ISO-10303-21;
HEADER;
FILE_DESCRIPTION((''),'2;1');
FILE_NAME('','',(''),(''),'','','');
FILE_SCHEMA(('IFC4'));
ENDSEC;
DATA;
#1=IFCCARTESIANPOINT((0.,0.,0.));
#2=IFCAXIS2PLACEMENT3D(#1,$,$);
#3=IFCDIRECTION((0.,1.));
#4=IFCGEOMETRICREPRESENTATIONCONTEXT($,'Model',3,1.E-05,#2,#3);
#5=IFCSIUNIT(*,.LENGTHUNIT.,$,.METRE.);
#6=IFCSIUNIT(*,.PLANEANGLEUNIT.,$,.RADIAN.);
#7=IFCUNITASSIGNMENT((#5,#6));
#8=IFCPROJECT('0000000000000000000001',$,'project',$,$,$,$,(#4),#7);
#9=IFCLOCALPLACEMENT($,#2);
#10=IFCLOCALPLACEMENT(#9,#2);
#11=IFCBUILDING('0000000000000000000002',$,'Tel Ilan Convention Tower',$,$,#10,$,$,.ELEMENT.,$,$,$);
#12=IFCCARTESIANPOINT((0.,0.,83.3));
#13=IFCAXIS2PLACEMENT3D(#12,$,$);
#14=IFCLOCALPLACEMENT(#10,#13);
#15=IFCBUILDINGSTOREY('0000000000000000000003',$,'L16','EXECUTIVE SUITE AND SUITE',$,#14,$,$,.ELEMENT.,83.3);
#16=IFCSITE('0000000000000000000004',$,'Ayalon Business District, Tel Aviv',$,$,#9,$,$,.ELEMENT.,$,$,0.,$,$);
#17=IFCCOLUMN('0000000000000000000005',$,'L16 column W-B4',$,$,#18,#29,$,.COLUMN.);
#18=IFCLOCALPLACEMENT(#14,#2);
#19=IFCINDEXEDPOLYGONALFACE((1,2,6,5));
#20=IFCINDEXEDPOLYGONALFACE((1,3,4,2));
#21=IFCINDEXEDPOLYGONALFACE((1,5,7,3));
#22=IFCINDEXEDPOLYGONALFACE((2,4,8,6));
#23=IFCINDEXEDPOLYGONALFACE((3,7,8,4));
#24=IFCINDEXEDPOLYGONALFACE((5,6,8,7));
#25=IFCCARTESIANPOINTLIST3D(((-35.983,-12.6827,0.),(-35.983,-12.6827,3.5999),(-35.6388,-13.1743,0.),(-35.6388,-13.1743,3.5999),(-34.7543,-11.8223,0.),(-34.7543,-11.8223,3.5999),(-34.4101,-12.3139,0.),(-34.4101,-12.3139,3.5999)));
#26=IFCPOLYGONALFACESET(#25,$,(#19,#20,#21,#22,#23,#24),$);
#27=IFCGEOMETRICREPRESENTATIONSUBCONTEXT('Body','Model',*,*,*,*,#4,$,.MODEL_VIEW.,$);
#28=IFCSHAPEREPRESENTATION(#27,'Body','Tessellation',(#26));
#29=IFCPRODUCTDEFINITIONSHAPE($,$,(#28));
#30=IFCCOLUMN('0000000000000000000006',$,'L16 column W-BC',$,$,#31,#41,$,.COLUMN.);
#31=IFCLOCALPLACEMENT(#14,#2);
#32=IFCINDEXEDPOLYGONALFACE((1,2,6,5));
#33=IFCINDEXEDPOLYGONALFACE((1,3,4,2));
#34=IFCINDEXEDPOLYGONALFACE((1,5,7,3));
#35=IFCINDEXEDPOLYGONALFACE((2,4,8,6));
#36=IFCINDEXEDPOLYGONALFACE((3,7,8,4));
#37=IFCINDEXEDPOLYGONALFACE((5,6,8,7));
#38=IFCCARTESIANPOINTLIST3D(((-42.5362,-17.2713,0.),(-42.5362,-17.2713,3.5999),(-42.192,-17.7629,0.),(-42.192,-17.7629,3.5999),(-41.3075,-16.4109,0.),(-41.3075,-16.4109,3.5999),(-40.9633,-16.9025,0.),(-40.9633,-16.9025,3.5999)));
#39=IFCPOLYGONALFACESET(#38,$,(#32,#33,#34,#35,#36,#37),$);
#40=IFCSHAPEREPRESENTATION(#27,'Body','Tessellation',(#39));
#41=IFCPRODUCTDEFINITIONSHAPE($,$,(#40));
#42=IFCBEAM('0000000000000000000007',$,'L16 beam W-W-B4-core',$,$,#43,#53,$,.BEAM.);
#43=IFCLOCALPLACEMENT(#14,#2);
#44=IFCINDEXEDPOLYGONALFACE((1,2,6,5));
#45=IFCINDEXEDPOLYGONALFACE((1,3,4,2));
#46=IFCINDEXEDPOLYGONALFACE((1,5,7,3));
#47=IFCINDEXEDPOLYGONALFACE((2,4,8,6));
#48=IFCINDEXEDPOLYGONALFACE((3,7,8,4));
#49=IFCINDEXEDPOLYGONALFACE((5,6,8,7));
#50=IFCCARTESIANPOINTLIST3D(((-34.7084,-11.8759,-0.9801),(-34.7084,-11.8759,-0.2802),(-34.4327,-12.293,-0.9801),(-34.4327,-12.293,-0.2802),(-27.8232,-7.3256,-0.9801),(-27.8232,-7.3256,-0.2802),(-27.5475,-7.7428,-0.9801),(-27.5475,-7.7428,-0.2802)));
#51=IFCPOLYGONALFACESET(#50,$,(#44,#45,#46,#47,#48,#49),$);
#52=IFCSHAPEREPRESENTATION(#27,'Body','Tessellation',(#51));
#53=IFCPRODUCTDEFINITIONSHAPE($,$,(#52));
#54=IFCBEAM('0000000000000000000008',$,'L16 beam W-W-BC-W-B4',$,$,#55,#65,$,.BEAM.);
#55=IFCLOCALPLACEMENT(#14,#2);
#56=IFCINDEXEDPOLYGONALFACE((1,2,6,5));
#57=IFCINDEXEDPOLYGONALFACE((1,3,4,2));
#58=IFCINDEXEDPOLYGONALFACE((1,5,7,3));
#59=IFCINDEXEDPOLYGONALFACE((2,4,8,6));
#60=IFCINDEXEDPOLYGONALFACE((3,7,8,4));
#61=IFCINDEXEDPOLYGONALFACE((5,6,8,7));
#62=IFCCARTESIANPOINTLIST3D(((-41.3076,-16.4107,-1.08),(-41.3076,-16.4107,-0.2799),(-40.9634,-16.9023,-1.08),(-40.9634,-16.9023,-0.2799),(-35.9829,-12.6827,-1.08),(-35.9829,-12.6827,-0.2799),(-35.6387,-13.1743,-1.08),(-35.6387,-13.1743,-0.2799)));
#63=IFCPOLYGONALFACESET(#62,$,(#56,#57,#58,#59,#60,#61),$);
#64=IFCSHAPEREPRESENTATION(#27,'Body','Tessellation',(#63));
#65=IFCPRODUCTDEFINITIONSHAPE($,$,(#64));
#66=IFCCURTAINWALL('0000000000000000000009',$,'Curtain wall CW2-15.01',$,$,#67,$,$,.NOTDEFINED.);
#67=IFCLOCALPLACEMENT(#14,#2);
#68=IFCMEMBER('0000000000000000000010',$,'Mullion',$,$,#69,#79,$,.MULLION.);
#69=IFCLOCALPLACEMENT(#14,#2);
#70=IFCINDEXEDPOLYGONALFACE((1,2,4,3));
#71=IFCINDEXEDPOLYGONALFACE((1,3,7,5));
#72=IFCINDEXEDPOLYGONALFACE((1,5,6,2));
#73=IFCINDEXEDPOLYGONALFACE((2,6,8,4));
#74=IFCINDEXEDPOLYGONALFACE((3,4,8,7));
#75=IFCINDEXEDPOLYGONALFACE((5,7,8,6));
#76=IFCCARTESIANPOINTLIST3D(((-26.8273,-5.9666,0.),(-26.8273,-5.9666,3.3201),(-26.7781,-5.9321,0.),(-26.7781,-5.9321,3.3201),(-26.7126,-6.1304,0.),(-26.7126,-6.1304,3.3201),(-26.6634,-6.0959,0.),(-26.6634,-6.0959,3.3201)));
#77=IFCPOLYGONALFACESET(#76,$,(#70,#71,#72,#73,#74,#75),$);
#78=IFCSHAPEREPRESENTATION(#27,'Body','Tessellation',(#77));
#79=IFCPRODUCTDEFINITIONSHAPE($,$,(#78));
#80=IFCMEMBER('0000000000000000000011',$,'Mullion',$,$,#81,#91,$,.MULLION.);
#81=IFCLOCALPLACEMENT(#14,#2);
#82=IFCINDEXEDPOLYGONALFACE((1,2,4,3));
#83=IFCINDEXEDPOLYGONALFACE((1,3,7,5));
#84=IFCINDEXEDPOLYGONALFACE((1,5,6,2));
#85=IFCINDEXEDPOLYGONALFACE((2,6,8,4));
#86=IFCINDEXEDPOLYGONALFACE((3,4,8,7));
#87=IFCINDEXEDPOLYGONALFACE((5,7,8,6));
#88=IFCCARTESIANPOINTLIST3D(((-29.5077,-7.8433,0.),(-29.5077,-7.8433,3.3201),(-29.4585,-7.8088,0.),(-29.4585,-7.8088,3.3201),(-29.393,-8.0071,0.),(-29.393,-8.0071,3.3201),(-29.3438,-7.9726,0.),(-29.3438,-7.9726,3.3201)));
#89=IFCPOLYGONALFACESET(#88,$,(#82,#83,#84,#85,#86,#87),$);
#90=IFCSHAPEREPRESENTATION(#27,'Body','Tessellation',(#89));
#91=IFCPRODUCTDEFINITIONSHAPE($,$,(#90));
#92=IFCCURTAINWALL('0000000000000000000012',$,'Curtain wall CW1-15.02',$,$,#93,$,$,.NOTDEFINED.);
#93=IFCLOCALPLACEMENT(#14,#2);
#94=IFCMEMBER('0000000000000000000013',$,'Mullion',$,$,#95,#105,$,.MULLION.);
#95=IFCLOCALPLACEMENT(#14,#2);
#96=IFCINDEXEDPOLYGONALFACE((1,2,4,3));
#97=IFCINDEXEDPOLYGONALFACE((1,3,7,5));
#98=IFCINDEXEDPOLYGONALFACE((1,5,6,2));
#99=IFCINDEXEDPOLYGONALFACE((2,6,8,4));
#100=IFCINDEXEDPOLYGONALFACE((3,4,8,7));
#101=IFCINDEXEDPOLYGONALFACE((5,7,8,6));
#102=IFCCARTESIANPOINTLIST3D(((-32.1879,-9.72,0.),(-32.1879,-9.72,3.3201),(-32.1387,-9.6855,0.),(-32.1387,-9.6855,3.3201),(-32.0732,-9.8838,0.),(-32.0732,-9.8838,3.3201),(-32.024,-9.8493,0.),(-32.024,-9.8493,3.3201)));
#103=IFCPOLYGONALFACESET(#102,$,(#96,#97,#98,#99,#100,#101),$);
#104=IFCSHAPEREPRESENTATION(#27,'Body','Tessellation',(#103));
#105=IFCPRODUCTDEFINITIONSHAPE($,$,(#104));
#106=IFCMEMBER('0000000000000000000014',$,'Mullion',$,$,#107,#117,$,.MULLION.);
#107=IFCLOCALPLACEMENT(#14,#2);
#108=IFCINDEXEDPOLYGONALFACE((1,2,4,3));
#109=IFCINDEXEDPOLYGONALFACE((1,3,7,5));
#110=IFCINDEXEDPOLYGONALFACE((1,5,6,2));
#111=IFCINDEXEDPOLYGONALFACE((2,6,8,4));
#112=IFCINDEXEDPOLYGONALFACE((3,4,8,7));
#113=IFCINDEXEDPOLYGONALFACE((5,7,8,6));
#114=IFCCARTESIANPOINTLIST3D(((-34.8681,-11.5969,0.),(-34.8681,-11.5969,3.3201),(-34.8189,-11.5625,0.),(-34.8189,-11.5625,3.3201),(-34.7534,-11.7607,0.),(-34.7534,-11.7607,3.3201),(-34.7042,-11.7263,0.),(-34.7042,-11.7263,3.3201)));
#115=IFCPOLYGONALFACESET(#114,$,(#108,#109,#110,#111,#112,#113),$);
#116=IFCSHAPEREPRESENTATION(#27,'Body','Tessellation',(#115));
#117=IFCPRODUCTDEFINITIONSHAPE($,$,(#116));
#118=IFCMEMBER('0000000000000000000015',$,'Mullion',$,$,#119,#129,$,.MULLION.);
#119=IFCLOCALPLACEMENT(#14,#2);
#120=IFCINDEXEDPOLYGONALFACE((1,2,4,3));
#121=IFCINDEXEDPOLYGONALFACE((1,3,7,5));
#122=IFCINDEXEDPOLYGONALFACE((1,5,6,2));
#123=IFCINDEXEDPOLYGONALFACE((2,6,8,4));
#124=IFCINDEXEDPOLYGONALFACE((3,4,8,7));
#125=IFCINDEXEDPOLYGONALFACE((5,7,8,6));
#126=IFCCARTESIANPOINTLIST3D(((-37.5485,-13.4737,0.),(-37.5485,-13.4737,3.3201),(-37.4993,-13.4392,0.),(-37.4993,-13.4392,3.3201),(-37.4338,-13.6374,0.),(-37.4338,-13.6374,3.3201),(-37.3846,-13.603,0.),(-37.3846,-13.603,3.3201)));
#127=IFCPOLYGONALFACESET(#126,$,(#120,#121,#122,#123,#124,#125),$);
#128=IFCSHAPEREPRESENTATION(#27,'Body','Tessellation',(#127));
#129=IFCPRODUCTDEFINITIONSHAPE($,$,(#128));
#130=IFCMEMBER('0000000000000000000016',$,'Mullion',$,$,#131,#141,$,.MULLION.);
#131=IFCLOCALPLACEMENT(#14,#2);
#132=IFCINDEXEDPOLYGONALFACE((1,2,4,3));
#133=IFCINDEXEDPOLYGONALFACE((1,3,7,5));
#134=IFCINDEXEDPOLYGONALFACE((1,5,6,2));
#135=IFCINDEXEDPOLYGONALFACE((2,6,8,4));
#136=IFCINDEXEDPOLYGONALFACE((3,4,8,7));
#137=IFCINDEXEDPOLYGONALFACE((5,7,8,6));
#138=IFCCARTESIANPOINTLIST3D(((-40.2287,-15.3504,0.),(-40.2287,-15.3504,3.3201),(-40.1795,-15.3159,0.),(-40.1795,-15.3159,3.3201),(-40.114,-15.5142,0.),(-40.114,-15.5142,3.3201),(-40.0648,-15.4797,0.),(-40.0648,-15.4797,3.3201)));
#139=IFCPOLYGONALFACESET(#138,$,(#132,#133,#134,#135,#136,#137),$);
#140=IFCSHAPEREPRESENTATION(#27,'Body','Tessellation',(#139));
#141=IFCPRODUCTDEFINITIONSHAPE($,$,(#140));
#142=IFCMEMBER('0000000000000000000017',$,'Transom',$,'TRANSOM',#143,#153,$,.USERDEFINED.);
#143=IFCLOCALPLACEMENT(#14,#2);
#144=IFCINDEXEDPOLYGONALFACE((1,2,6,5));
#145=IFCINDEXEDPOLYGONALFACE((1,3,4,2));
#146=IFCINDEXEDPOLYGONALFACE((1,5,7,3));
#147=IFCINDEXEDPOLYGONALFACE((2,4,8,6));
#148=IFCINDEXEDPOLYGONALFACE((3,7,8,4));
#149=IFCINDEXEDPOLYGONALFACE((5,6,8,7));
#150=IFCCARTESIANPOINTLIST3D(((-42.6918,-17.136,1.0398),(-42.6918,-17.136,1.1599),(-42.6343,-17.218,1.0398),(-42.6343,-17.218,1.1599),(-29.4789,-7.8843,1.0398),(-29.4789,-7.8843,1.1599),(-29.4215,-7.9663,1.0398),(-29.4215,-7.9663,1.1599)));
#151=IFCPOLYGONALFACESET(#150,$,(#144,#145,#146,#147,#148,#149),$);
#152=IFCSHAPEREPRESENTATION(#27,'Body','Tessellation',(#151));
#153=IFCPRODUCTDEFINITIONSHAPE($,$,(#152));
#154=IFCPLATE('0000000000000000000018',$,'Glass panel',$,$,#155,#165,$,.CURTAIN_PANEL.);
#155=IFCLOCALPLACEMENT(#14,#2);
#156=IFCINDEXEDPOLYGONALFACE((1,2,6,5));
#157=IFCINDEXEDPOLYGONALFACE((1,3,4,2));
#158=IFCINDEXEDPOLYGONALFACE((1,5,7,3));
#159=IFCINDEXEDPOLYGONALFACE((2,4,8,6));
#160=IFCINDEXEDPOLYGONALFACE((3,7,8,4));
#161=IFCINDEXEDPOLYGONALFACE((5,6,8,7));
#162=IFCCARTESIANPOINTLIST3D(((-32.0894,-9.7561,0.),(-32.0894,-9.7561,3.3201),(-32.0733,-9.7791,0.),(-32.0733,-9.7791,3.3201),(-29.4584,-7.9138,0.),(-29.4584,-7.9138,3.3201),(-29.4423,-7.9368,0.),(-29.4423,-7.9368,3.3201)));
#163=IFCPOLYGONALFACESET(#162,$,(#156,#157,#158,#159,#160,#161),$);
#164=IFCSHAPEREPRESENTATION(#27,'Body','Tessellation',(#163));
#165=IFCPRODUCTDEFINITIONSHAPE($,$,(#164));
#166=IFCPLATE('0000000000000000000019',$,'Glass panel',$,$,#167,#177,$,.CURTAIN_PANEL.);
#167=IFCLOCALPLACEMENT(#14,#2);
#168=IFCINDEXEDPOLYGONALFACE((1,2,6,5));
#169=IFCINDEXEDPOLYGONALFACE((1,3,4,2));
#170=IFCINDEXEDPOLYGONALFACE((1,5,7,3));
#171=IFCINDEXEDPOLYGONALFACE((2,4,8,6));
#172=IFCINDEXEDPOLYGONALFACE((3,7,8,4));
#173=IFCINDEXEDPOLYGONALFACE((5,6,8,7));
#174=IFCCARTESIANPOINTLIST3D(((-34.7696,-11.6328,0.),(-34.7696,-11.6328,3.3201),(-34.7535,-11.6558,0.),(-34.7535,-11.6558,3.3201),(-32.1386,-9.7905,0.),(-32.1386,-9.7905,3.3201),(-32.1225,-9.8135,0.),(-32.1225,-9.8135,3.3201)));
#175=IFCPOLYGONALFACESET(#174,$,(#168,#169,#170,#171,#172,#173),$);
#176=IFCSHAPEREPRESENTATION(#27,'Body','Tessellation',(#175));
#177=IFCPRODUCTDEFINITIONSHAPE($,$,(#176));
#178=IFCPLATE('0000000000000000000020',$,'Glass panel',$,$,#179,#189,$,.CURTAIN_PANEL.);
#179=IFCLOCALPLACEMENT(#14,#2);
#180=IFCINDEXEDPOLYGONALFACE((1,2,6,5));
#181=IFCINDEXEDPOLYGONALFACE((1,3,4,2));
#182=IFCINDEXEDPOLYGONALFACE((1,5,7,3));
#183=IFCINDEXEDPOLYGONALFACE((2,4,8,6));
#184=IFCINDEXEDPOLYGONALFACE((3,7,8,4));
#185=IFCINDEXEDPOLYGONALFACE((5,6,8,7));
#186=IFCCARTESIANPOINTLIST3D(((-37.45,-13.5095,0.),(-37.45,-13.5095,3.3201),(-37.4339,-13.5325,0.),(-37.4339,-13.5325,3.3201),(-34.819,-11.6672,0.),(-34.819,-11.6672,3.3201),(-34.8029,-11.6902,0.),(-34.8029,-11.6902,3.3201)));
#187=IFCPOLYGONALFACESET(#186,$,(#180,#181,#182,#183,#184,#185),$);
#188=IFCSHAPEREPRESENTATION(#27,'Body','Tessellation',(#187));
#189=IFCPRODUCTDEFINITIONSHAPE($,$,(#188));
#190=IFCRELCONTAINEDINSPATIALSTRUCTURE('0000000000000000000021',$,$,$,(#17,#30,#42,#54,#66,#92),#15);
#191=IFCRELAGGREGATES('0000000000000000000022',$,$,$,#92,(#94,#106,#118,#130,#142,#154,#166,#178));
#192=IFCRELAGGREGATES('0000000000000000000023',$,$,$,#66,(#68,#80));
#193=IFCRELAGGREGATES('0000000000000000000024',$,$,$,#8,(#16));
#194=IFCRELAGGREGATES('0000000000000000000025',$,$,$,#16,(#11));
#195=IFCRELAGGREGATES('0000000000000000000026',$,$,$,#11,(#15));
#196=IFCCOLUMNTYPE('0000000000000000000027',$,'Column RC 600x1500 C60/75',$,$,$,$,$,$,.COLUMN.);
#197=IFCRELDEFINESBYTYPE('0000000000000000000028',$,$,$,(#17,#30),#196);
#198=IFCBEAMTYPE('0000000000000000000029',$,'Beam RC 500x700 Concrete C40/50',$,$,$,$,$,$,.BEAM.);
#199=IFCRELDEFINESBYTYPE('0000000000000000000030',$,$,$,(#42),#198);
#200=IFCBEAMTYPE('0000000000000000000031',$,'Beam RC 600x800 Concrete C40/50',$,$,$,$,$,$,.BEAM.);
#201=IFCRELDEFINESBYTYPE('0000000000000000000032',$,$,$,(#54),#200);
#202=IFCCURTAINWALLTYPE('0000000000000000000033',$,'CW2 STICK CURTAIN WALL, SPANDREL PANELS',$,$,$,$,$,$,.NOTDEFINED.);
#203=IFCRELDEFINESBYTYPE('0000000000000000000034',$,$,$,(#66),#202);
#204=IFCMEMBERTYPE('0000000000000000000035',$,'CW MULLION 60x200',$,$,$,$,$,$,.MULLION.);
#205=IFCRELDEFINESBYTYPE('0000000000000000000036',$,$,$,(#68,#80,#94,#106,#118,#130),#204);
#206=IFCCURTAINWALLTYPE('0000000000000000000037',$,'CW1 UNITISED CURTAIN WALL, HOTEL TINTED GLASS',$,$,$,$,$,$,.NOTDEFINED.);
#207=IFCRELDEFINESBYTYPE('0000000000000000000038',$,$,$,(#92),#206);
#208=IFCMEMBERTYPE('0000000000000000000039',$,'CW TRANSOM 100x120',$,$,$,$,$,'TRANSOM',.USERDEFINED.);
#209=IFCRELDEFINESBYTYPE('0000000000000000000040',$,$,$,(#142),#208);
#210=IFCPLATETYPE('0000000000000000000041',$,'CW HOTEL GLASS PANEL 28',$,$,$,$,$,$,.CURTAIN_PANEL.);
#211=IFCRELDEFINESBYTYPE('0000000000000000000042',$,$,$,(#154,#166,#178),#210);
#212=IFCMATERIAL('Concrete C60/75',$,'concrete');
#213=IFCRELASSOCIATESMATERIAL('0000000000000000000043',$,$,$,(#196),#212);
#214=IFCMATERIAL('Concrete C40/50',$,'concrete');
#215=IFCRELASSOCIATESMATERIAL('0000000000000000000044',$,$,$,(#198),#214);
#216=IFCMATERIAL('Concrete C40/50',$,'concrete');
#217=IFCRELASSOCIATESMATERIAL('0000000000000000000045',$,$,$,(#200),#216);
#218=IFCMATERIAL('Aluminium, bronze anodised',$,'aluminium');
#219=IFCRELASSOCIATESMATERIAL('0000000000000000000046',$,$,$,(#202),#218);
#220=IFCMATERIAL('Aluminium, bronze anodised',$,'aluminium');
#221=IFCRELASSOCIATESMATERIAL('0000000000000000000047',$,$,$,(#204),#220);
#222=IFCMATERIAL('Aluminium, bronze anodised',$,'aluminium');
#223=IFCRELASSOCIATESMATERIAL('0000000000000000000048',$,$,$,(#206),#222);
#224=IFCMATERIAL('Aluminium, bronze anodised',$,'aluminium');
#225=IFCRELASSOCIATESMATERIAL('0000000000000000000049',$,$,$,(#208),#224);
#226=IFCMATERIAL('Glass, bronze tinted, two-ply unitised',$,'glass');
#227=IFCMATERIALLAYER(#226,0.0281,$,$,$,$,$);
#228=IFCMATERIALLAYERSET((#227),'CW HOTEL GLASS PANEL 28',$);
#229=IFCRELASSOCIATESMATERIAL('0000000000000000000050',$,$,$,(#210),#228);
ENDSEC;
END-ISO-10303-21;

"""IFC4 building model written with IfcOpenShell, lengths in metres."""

from ifc_helpers import new_model, si_unit, direction, frame, origin, origin_2d, place, context, subcontext, project, spatial, rectangle, extrude, material, layer, layer_set, material_profile, profile_set, type_object, element, aggregate, save


model = new_model("IFC4")

# Units and contexts
model_context = context("Model", 3, precision=1e-05, world=origin(), true_north=direction((0.0, 1.0)))
body_context = subcontext(model_context, "Body", "Model", "MODEL_VIEW")
ifc_project = project(units=[si_unit("LENGTHUNIT", "METRE"), si_unit("PLANEANGLEUNIT", "RADIAN")], contexts=[model_context])

# Site, building, storey
site_placement = place(None, origin())
site = spatial("IfcSite", under=ifc_project, at=site_placement, Name="Ayalon Business District, Tel Aviv", CompositionType="ELEMENT", RefElevation=0.0)
building_placement = place(site_placement, origin())
building = spatial("IfcBuilding", under=site, at=building_placement, Name="Tel Ilan Convention Tower", CompositionType="ELEMENT")
storey_placement = place(building_placement, frame((0.0, 0.0, 83.3)))
storey = spatial("IfcBuildingStorey", under=building, at=storey_placement, Name="L16", Description="EXECUTIVE SUITE AND SUITE", CompositionType="ELEMENT", Elevation=83.3)

# Columns
ifc_material_1 = material(Name="Concrete C60/75", Category="concrete")
ifc_material_profile_1 = material_profile(ifc_material_1, rectangle(XDim=1.5, YDim=0.6001, at=origin_2d()), Name="RC 600x1500")
ifc_profile_set_1 = profile_set([ifc_material_profile_1], Name="Concrete C60/75")
column_type = type_object("IfcColumnType", Name="Column RC 600x1500 C60/75", PredefinedType="COLUMN", material=ifc_profile_set_1)
for number, where, z_axis, x_axis, name in (
    (1, (-35.1965, -12.4983, 0.0), (0.0, 0.0, 1.0), (-0.819152, -0.573576, 0.0), "L16 column W-B4"),
    (2, (-41.7498, -17.0869, 0.0), (0.0, 0.0, 1.0), (-0.819152, -0.573576, 0.0), "L16 column W-BC"),
):
    element("IfcColumn", number, at=place(storey_placement, frame(where, z_axis=z_axis, x_axis=x_axis)), inside=storey, type_object=column_type, Name=name, PredefinedType="COLUMN", context=body_context, shape_type="SweptSolid", body=[
        extrude(rectangle(XDim=1.5, YDim=0.6001, at=origin_2d()), origin(), (0.0, 0.0, 1.0), 3.5999),
    ])

# Beams
ifc_material_2 = material(Name="Concrete C40/50", Category="concrete")
ifc_material_profile_2 = material_profile(ifc_material_2, rectangle(XDim=0.5, YDim=0.7, at=origin_2d()), Name="RC 500x700")
ifc_profile_set_2 = profile_set([ifc_material_profile_2], Name="Concrete C40/50")
beam_type_1 = type_object("IfcBeamType", Name="Beam RC 500x700 Concrete C40/50", PredefinedType="BEAM", material=ifc_profile_set_2)
beam_1_placement = place(storey_placement, frame((-34.5706, -12.0845, -0.6301), z_axis=(0.834274, 0.551351, 0.0), x_axis=(-0.551351, 0.834274, 0.0)))
element("IfcBeam", 3, at=beam_1_placement, inside=storey, type_object=beam_type_1, Name="L16 beam W-W-B4-core", PredefinedType="BEAM", context=body_context, shape_type="SweptSolid", body=[
    extrude(rectangle(XDim=0.5, YDim=0.7, at=origin_2d()), origin(), (0.0, 0.0, 1.0), 8.2529),
])
ifc_material_3 = material(Name="Concrete C40/50", Category="concrete")
ifc_material_profile_3 = material_profile(ifc_material_3, rectangle(XDim=0.6001, YDim=0.8, at=origin_2d()), Name="RC 600x800")
ifc_profile_set_3 = profile_set([ifc_material_profile_3], Name="Concrete C40/50")
beam_type_2 = type_object("IfcBeamType", Name="Beam RC 600x800 Concrete C40/50", PredefinedType="BEAM", material=ifc_profile_set_3)
beam_2_placement = place(storey_placement, frame((-41.1355, -16.6565, -0.6799), z_axis=(0.819179, 0.573538, 0.0), x_axis=(-0.573538, 0.819179, 0.0)))
element("IfcBeam", 4, at=beam_2_placement, inside=storey, type_object=beam_type_2, Name="L16 beam W-W-BC-W-B4", PredefinedType="BEAM", context=body_context, shape_type="SweptSolid", body=[
    extrude(rectangle(XDim=0.6001, YDim=0.8, at=origin_2d()), origin(), (0.0, 0.0, 1.0), 6.5),
])

# Curtain wall, members
ifc_material_4 = material(Name="Aluminium, bronze anodised", Category="aluminium")
curtain_wall_type_1 = type_object("IfcCurtainWallType", Name="CW2 STICK CURTAIN WALL, SPANDREL PANELS", PredefinedType="NOTDEFINED", material=ifc_material_4)
curtain_wall_1_placement = place(storey_placement, origin())
curtain_wall_1 = element("IfcCurtainWall", 5, at=curtain_wall_1_placement, inside=storey, type_object=curtain_wall_type_1, Name="Curtain wall CW2-15.01", PredefinedType="NOTDEFINED")
ifc_material_5 = material(Name="Aluminium, bronze anodised", Category="aluminium")
ifc_material_profile_4 = material_profile(ifc_material_5, rectangle(XDim=0.0601, YDim=0.2, at=origin_2d()), Name="CW MULLION 60x200")
ifc_profile_set_4 = profile_set([ifc_material_profile_4], Name="Aluminium, bronze anodised")
member_type_1 = type_object("IfcMemberType", Name="CW MULLION 60x200", PredefinedType="MULLION", material=ifc_profile_set_4)
member_1_placement = place(storey_placement, frame((-26.7454, -6.0312, 0.0), z_axis=(0.0, 0.0, 1.0), x_axis=(-0.819152, -0.573576, 0.0)))
member_1 = element("IfcMember", 6, at=member_1_placement, type_object=member_type_1, Name="Mullion", PredefinedType="MULLION", context=body_context, shape_type="SweptSolid", body=[
    extrude(rectangle(XDim=0.0601, YDim=0.2, at=origin_2d()), origin(), (0.0, 0.0, 1.0), 3.3201),
])
member_2_placement = place(storey_placement, frame((-29.4258, -7.908, 0.0), z_axis=(0.0, 0.0, 1.0), x_axis=(-0.819152, -0.573576, 0.0)))
member_2 = element("IfcMember", 7, at=member_2_placement, type_object=member_type_1, Name="Mullion", PredefinedType="MULLION", context=body_context, shape_type="SweptSolid", body=[
    extrude(rectangle(XDim=0.0601, YDim=0.2, at=origin_2d()), origin(), (0.0, 0.0, 1.0), 3.3201),
])

# Curtain wall, members, plates
ifc_material_6 = material(Name="Aluminium, bronze anodised", Category="aluminium")
curtain_wall_type_2 = type_object("IfcCurtainWallType", Name="CW1 UNITISED CURTAIN WALL, HOTEL TINTED GLASS", PredefinedType="NOTDEFINED", material=ifc_material_6)
curtain_wall_2_placement = place(storey_placement, origin())
curtain_wall_2 = element("IfcCurtainWall", 8, at=curtain_wall_2_placement, inside=storey, type_object=curtain_wall_type_2, Name="Curtain wall CW1-15.02", PredefinedType="NOTDEFINED")
member_3_placement = place(storey_placement, frame((-32.106, -9.7847, 0.0), z_axis=(0.0, 0.0, 1.0), x_axis=(-0.819152, -0.573576, 0.0)))
member_3 = element("IfcMember", 9, at=member_3_placement, type_object=member_type_1, Name="Mullion", PredefinedType="MULLION", context=body_context, shape_type="SweptSolid", body=[
    extrude(rectangle(XDim=0.0601, YDim=0.2, at=origin_2d()), origin(), (0.0, 0.0, 1.0), 3.3201),
])
member_4_placement = place(storey_placement, frame((-34.7861, -11.6616, 0.0), z_axis=(0.0, 0.0, 1.0), x_axis=(-0.819152, -0.573576, 0.0)))
member_4 = element("IfcMember", 10, at=member_4_placement, type_object=member_type_1, Name="Mullion", PredefinedType="MULLION", context=body_context, shape_type="SweptSolid", body=[
    extrude(rectangle(XDim=0.0601, YDim=0.2, at=origin_2d()), origin(), (0.0, 0.0, 1.0), 3.3201),
])
member_5_placement = place(storey_placement, frame((-37.4666, -13.5383, 0.0), z_axis=(0.0, 0.0, 1.0), x_axis=(-0.819152, -0.573576, 0.0)))
member_5 = element("IfcMember", 11, at=member_5_placement, type_object=member_type_1, Name="Mullion", PredefinedType="MULLION", context=body_context, shape_type="SweptSolid", body=[
    extrude(rectangle(XDim=0.0601, YDim=0.2, at=origin_2d()), origin(), (0.0, 0.0, 1.0), 3.3201),
])
member_6_placement = place(storey_placement, frame((-40.1467, -15.415, 0.0), z_axis=(0.0, 0.0, 1.0), x_axis=(-0.819152, -0.573576, 0.0)))
member_6 = element("IfcMember", 12, at=member_6_placement, type_object=member_type_1, Name="Mullion", PredefinedType="MULLION", context=body_context, shape_type="SweptSolid", body=[
    extrude(rectangle(XDim=0.0601, YDim=0.2, at=origin_2d()), origin(), (0.0, 0.0, 1.0), 3.3201),
])
ifc_material_7 = material(Name="Aluminium, bronze anodised", Category="aluminium")
ifc_material_profile_5 = material_profile(ifc_material_7, rectangle(XDim=0.1001, YDim=0.1201, at=origin_2d()), Name="CW TRANSOM 100x120")
ifc_profile_set_5 = profile_set([ifc_material_profile_5], Name="Aluminium, bronze anodised")
member_type_2 = type_object("IfcMemberType", Name="CW TRANSOM 100x120", ElementType="TRANSOM", PredefinedType="USERDEFINED", material=ifc_profile_set_5)
member_7_placement = place(storey_placement, frame((-29.4502, -7.9253, 1.0999), z_axis=(-0.819154, -0.573574, 0.0), x_axis=(0.573574, -0.819154, 0.0)))
member_7 = element("IfcMember", 13, at=member_7_placement, type_object=member_type_2, Name="Transom", ObjectType="TRANSOM", PredefinedType="USERDEFINED", context=body_context, shape_type="SweptSolid", body=[
    extrude(rectangle(XDim=0.1001, YDim=0.1201, at=origin_2d()), origin(), (0.0, 0.0, 1.0), 16.1299),
])
ifc_material_8 = material(Name="Glass, bronze tinted, two-ply unitised", Category="glass")
ifc_layer_1 = layer(ifc_material_8, 0.0281)
ifc_layer_set_1 = layer_set([ifc_layer_1], Name="CW HOTEL GLASS PANEL 28")
plate_type_1 = type_object("IfcPlateType", Name="CW HOTEL GLASS PANEL 28", PredefinedType="CURTAIN_PANEL", material=ifc_layer_set_1)
plate_1_placement = place(storey_placement, frame((-30.7659, -8.8464, 0.0), z_axis=(0.0, 0.0, 1.0), x_axis=(-0.819152, -0.573576, 0.0)))
plate_1 = element("IfcPlate", 14, at=plate_1_placement, type_object=plate_type_1, Name="Glass panel", PredefinedType="CURTAIN_PANEL", context=body_context, shape_type="SweptSolid", body=[
    extrude(rectangle(XDim=3.2119, YDim=0.0281, at=origin_2d()), origin(), (0.0, 0.0, 1.0), 3.3201),
])
plate_2_placement = place(storey_placement, frame((-33.446, -10.7231, 0.0), z_axis=(0.0, 0.0, 1.0), x_axis=(-0.819152, -0.573576, 0.0)))
plate_2 = element("IfcPlate", 15, at=plate_2_placement, type_object=plate_type_1, Name="Glass panel", PredefinedType="CURTAIN_PANEL", context=body_context, shape_type="SweptSolid", body=[
    extrude(rectangle(XDim=3.2119, YDim=0.0281, at=origin_2d()), origin(), (0.0, 0.0, 1.0), 3.3201),
])
plate_3_placement = place(storey_placement, frame((-36.1265, -12.5999, 0.0), z_axis=(0.0, 0.0, 1.0), x_axis=(-0.819152, -0.573576, 0.0)))
plate_3 = element("IfcPlate", 16, at=plate_3_placement, type_object=plate_type_1, Name="Glass panel", PredefinedType="CURTAIN_PANEL", context=body_context, shape_type="SweptSolid", body=[
    extrude(rectangle(XDim=3.2119, YDim=0.0281, at=origin_2d()), origin(), (0.0, 0.0, 1.0), 3.3201),
])
aggregate(curtain_wall_2, [member_3, member_4, member_5, member_6, member_7, plate_1, plate_2, plate_3])

aggregate(curtain_wall_1, [member_1, member_2])

save(model, "model.ifc")
